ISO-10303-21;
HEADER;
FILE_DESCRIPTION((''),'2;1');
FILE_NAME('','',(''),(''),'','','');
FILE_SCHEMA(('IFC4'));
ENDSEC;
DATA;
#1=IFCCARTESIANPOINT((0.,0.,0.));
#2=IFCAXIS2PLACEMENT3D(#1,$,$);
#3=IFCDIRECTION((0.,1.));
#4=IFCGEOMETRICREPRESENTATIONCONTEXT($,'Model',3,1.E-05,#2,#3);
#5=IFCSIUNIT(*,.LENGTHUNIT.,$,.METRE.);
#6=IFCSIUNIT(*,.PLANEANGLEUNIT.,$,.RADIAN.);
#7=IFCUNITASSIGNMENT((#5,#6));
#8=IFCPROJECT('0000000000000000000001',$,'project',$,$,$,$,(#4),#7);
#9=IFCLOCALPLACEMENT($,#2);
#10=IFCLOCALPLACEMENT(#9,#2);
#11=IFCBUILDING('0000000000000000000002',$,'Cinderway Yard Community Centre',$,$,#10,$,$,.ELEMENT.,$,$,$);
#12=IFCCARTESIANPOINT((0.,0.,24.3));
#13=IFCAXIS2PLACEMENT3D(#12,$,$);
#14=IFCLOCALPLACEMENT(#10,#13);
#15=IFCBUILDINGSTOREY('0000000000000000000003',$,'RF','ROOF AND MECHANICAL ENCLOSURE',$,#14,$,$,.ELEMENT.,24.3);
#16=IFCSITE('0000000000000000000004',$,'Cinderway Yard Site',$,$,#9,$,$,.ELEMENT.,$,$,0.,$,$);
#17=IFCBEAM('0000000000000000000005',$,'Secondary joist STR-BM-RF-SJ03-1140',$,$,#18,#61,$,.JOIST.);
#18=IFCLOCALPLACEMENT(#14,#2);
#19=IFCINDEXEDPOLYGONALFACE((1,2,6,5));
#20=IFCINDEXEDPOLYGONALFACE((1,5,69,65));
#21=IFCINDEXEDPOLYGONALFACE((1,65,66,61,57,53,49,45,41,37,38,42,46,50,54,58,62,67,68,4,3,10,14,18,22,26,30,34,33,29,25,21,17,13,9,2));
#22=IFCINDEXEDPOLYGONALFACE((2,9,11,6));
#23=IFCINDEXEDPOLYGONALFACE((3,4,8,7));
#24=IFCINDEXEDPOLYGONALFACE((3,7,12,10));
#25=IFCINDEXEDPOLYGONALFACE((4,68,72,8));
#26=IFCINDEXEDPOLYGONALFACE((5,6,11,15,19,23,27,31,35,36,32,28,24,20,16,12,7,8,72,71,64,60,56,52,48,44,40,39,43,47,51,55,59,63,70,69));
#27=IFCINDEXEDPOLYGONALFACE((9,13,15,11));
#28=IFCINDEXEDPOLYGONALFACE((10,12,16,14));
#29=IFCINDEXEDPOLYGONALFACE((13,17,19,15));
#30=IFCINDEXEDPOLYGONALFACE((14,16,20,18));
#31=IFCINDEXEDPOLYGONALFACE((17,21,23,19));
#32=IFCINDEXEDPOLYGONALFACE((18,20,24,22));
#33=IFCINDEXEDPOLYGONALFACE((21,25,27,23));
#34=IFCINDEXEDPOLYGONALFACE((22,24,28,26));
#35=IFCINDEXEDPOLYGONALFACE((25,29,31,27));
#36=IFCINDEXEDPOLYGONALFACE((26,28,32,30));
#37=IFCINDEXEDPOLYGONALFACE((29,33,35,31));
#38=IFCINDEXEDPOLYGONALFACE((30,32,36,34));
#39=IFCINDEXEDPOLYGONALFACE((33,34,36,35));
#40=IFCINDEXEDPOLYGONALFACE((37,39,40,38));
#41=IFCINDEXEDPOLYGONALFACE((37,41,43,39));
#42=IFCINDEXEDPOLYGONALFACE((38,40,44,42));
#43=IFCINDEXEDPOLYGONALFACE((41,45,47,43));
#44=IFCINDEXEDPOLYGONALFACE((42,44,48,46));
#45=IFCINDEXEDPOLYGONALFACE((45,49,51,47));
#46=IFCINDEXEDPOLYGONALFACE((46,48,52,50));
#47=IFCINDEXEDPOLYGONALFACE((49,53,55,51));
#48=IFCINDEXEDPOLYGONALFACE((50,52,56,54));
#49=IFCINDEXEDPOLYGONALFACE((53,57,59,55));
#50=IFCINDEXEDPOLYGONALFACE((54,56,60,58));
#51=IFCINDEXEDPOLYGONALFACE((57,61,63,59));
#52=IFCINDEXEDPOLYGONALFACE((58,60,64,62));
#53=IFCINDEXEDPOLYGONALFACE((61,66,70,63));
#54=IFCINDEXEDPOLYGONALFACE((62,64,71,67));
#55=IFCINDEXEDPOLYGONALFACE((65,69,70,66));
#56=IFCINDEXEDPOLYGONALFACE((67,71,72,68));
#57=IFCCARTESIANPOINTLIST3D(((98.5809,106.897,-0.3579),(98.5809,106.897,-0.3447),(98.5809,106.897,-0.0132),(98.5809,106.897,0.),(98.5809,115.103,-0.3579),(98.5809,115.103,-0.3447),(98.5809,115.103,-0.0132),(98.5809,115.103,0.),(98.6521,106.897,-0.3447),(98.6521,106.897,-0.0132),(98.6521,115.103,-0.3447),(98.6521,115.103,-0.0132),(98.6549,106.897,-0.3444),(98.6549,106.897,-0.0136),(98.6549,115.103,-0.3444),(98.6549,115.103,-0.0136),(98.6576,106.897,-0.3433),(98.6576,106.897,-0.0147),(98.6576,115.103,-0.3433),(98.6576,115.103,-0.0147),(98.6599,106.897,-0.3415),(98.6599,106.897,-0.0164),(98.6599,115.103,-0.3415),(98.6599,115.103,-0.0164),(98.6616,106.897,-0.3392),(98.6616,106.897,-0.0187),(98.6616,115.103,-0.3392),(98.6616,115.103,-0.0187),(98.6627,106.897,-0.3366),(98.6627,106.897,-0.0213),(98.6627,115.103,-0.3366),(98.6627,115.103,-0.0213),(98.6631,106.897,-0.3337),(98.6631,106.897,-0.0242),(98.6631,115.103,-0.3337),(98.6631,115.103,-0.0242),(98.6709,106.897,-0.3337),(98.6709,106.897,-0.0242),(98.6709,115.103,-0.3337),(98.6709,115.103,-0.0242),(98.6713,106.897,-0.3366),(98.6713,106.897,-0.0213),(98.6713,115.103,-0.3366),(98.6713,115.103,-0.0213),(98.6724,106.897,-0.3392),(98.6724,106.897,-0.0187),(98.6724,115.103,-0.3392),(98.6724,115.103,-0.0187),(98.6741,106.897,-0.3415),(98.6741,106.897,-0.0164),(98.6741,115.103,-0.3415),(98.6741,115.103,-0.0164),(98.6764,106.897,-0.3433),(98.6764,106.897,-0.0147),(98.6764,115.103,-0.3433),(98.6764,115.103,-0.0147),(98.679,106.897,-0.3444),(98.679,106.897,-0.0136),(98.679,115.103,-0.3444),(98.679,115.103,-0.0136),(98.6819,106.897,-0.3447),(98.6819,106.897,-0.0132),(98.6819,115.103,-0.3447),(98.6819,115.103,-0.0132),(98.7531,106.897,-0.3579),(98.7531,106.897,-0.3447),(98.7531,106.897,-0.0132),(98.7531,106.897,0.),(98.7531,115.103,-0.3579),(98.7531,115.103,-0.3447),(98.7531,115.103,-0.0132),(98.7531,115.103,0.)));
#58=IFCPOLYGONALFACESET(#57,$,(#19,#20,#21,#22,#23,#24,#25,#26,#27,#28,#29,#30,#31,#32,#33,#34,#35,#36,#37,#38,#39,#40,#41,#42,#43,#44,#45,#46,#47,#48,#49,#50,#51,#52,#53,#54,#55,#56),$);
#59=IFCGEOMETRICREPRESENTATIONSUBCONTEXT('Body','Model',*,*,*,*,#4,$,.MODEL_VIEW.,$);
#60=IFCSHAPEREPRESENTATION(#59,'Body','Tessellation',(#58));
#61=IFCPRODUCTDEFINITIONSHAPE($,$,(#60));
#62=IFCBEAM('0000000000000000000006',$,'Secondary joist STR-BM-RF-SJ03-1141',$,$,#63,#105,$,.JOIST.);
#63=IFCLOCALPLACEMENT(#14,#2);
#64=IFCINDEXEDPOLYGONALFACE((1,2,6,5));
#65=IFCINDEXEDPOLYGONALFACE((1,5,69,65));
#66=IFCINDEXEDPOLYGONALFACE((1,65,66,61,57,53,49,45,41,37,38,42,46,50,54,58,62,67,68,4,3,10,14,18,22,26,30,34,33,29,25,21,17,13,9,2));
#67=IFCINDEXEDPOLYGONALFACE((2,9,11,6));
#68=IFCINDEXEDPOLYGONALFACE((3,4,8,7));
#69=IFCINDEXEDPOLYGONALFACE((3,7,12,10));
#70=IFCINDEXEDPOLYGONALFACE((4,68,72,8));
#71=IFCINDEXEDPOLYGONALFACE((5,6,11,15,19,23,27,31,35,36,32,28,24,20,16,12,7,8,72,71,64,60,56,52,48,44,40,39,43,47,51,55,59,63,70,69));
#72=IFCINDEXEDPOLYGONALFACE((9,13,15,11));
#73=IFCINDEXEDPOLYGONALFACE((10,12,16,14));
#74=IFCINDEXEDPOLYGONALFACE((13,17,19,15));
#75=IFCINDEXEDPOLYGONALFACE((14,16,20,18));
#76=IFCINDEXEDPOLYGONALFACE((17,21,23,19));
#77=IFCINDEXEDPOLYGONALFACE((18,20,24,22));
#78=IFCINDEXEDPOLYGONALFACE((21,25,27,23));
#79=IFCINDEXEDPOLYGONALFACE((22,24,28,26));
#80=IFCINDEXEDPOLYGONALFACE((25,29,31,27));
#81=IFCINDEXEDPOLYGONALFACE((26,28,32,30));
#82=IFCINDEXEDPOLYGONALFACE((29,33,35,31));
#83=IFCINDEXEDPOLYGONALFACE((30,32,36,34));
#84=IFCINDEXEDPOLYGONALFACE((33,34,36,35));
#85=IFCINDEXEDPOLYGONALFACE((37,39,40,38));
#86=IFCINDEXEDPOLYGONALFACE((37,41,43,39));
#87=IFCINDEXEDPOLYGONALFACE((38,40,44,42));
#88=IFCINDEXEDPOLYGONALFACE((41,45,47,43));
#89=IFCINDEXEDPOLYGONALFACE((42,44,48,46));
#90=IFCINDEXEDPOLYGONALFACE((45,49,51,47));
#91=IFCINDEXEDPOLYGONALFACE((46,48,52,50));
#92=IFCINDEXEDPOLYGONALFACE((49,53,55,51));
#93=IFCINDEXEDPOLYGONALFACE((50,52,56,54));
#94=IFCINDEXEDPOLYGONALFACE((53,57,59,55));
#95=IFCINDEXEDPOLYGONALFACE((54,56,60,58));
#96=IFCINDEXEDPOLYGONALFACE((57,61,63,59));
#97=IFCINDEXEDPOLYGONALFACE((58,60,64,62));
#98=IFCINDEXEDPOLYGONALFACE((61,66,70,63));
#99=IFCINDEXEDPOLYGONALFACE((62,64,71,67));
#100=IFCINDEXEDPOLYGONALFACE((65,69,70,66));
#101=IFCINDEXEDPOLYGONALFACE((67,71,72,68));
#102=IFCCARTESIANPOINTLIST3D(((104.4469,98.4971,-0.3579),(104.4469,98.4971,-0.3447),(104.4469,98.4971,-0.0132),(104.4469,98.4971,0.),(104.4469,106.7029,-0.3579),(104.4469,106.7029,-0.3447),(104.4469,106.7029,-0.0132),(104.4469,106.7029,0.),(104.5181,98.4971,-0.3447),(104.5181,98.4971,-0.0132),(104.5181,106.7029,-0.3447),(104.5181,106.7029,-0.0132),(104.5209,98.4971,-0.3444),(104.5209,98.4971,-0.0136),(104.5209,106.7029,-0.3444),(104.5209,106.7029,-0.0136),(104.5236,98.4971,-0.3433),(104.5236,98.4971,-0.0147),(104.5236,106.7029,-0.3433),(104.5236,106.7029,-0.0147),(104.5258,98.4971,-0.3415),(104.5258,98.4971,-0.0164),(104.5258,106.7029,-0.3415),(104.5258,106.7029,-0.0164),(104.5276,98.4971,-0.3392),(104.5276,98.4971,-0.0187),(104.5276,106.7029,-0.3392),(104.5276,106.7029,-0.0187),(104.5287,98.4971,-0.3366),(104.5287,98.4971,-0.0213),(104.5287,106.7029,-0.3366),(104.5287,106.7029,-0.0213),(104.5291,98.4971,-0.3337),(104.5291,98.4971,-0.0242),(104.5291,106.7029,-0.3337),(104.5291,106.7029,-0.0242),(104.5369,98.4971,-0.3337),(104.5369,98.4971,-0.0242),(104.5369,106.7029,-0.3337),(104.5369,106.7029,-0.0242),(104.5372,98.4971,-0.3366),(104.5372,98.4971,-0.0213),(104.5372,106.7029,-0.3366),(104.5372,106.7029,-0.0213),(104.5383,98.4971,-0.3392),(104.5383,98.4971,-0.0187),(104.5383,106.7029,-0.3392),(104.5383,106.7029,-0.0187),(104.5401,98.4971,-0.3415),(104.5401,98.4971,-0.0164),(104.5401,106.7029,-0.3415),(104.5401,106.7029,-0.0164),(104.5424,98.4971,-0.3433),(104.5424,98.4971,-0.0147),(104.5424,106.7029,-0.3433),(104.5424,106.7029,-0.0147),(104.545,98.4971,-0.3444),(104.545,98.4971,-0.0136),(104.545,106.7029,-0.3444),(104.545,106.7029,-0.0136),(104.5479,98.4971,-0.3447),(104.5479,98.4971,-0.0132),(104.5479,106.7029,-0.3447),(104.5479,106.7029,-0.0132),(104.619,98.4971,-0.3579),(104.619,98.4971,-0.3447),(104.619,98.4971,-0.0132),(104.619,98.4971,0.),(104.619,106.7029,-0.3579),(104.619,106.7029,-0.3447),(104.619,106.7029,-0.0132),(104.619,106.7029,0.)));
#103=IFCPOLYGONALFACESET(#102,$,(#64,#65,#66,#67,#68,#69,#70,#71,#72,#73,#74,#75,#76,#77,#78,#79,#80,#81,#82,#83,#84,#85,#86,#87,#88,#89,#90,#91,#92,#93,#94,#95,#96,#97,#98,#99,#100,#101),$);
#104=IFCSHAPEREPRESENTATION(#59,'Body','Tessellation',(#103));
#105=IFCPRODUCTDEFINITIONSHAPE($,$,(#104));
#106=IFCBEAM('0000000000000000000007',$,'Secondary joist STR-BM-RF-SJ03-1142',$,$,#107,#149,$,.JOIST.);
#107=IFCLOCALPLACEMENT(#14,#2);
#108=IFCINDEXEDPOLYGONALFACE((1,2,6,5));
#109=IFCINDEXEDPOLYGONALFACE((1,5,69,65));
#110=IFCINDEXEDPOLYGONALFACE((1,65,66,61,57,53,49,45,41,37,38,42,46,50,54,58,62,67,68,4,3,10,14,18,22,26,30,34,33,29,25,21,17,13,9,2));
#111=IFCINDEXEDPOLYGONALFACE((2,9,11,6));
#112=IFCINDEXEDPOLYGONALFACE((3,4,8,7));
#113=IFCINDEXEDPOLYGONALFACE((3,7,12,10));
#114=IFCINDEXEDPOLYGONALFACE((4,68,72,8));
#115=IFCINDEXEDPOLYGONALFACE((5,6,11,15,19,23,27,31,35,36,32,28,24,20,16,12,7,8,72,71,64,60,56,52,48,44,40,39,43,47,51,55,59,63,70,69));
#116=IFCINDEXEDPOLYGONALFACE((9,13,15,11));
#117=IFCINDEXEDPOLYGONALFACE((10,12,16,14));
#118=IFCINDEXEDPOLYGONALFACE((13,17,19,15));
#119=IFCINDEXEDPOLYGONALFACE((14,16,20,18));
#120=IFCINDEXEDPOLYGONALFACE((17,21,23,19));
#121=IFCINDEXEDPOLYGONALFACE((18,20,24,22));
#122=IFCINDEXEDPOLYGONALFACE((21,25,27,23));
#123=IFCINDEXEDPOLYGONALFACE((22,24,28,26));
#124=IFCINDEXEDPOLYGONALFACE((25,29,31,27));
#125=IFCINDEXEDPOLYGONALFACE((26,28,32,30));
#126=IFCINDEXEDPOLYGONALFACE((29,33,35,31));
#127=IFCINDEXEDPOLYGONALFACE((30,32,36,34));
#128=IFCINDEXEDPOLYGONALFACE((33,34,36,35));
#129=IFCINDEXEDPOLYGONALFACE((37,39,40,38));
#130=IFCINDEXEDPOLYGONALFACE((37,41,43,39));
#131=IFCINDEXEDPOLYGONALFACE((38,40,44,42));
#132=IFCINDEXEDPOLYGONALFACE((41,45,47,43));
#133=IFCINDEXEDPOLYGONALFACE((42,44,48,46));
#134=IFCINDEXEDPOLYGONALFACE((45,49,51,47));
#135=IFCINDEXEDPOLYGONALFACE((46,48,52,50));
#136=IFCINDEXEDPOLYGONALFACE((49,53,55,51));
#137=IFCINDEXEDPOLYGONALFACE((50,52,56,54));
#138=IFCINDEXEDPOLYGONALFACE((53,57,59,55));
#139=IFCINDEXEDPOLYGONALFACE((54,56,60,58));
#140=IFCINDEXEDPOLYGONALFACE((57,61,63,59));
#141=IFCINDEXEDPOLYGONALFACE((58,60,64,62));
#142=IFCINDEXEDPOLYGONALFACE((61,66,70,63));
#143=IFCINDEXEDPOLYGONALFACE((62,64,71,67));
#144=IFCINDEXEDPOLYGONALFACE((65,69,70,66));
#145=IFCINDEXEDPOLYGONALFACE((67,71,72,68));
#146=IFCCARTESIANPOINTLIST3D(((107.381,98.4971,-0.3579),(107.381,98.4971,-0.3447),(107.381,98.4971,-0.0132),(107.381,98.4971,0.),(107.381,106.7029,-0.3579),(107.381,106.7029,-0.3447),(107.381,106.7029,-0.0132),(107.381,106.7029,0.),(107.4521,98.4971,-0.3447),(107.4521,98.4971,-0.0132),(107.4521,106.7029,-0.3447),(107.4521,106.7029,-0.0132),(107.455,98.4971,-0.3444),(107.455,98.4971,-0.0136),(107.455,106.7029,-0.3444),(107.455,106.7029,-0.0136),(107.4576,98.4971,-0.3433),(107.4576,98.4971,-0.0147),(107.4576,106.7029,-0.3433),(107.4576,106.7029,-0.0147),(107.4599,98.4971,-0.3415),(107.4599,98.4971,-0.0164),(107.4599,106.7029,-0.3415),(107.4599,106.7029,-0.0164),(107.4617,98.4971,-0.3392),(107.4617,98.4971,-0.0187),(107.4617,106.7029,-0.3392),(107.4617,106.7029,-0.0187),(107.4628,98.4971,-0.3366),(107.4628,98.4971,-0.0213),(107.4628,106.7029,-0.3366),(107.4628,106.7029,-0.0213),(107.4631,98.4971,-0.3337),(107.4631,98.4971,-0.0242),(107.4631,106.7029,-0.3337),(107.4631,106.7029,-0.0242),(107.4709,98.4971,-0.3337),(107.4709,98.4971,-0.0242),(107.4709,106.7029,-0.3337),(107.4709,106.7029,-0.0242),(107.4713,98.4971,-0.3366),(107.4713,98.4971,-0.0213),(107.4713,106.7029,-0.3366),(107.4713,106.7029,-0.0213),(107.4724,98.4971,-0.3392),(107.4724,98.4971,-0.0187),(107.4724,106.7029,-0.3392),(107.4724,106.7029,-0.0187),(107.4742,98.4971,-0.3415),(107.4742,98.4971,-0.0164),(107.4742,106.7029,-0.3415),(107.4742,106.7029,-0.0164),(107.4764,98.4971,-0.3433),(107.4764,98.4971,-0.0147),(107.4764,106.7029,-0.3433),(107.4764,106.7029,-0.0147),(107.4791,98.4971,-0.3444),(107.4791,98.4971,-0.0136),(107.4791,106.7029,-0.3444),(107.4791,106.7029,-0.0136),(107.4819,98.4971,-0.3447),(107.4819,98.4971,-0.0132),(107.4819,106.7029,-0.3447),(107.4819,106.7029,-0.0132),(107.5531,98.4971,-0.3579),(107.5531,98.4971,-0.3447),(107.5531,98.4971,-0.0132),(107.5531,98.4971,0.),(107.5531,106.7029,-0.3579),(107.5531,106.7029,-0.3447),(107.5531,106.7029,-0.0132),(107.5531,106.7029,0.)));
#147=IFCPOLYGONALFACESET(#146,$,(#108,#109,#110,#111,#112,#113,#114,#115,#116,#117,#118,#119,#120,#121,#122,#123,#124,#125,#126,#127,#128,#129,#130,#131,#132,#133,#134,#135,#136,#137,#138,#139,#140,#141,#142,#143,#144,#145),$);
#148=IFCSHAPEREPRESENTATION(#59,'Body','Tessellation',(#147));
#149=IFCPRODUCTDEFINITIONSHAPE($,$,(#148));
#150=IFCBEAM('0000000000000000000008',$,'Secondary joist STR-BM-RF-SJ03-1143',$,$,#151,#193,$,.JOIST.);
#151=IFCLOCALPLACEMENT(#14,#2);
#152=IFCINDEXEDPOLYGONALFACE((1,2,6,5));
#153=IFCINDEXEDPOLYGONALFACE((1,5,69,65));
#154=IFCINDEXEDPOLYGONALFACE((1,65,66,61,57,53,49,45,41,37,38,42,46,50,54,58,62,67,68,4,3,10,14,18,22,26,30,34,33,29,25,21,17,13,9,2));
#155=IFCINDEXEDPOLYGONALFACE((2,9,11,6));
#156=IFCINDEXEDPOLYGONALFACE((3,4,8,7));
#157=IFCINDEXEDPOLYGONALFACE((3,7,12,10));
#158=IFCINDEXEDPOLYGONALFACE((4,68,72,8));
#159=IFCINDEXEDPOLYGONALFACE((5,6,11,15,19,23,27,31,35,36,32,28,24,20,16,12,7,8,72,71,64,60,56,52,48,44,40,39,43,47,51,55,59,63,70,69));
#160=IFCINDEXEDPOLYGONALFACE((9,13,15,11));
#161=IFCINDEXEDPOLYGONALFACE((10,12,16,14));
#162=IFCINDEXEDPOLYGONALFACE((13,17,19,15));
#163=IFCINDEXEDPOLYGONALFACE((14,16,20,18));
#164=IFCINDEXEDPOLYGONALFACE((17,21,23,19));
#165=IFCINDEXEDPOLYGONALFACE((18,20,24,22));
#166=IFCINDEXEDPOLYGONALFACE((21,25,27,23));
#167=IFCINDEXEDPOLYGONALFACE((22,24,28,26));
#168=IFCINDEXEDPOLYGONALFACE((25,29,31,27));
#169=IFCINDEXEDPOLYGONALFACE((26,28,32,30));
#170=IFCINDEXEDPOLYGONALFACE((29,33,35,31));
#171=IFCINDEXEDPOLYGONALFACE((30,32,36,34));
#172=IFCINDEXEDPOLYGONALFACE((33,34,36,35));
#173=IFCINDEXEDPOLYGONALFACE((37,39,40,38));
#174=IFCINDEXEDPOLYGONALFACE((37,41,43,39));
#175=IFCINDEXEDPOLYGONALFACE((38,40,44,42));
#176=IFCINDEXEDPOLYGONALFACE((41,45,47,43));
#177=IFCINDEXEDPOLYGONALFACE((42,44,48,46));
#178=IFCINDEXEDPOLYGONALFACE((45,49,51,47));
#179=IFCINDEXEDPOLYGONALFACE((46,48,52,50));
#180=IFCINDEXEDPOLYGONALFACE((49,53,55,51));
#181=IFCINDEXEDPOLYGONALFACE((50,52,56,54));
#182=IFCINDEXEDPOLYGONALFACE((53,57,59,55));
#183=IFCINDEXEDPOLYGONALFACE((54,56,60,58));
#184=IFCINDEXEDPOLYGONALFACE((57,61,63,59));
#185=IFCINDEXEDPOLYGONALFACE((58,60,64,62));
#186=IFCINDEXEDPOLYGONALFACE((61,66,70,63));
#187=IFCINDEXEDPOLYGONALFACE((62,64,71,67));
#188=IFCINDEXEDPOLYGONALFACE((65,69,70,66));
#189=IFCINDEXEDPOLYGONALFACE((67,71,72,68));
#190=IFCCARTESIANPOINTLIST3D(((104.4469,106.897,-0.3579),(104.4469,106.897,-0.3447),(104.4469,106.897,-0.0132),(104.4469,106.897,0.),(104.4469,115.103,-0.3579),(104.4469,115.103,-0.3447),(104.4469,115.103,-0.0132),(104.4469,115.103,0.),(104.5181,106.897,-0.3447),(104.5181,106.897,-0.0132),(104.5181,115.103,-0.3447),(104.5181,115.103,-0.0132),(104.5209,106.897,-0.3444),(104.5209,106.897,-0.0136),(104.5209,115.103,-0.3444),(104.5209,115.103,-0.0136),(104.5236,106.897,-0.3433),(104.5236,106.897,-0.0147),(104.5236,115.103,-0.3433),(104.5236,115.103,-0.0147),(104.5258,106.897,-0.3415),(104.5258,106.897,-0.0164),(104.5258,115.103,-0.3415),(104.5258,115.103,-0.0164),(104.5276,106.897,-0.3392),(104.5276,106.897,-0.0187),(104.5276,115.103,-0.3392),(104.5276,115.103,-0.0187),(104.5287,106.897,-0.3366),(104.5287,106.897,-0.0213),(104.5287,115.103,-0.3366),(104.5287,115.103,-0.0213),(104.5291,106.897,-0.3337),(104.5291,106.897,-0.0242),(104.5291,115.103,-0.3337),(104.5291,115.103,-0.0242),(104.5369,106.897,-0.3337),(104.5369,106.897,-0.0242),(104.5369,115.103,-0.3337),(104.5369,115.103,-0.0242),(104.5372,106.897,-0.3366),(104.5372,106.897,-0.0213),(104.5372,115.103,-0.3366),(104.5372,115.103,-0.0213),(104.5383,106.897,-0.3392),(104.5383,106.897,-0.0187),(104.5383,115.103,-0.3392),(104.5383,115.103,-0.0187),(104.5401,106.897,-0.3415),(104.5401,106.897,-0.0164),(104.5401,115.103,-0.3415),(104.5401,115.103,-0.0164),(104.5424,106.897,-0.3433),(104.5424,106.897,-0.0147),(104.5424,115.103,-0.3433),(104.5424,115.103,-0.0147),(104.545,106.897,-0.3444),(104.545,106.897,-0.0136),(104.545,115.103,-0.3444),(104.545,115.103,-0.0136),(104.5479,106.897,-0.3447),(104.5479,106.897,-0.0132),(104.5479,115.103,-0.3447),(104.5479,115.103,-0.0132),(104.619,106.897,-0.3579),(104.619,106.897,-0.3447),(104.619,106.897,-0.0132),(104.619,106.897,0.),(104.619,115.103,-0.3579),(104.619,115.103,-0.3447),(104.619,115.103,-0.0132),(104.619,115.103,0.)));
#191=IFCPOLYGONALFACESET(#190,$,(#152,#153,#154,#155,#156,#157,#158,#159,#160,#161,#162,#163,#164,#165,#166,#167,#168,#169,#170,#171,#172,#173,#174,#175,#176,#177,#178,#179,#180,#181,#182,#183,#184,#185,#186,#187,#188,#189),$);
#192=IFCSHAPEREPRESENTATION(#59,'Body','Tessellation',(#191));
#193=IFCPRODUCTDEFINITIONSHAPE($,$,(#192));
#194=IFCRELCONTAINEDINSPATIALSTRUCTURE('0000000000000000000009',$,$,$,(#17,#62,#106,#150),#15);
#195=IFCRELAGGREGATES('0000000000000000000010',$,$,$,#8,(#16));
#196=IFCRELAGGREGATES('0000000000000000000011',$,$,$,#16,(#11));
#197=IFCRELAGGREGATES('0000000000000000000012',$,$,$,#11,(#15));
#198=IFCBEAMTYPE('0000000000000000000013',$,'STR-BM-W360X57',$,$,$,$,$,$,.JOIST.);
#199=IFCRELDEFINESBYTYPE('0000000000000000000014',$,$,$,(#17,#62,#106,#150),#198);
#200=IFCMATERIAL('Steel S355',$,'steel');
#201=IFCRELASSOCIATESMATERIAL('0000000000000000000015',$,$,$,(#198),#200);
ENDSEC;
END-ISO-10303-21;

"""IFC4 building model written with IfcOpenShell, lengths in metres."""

from ifc_helpers import new_model, si_unit, direction, frame, origin, origin_2d, place, context, subcontext, project, spatial, i_section, extrude, material, material_profile, profile_set, type_object, element, save


model = new_model("IFC4")

# Units and contexts
model_context = context("Model", 3, precision=1e-05, world=origin(), true_north=direction((0.0, 1.0)))
body_context = subcontext(model_context, "Body", "Model", "MODEL_VIEW")
ifc_project = project(units=[si_unit("LENGTHUNIT", "METRE"), si_unit("PLANEANGLEUNIT", "RADIAN")], contexts=[model_context])

# Site, building, storey
site_placement = place(None, origin())
site = spatial("IfcSite", under=ifc_project, at=site_placement, Name="Cinderway Yard Site", CompositionType="ELEMENT", RefElevation=0.0)
building_placement = place(site_placement, origin())
building = spatial("IfcBuilding", under=site, at=building_placement, Name="Cinderway Yard Community Centre", CompositionType="ELEMENT")
storey_placement = place(building_placement, frame((0.0, 0.0, 24.3)))
storey = spatial("IfcBuildingStorey", under=building, at=storey_placement, Name="RF", Description="ROOF AND MECHANICAL ENCLOSURE", CompositionType="ELEMENT", Elevation=24.3)

# Shared definitions
ifc_material = material(Name="Steel S355", Category="steel")

# Beams
ifc_material_profile_1 = material_profile(ifc_material, i_section(OverallWidth=0.1721, OverallDepth=0.3579, WebThickness=0.0078, FlangeThickness=0.0132, FilletRadius=0.011, at=origin_2d()), Name="Steel S355")
ifc_profile_set_1 = profile_set([ifc_material_profile_1], Name="Steel S355")
beam_type_1 = type_object("IfcBeamType", Name="STR-BM-W360X57", PredefinedType="JOIST", material=ifc_profile_set_1)
for number, where, z_axis, x_axis, name in (
    (1, (98.667, 106.897, -0.179), (0.0, 1.0, 0.0), (-1.0, 0.0, 0.0), "Secondary joist STR-BM-RF-SJ03-1140"),
):
    element("IfcBeam", number, at=place(storey_placement, frame(where, z_axis=z_axis, x_axis=x_axis)), inside=storey, type_object=beam_type_1, Name=name, PredefinedType="JOIST", context=body_context, shape_type="SweptSolid", body=[
        extrude(i_section(OverallWidth=0.1721, OverallDepth=0.3579, WebThickness=0.0078, FlangeThickness=0.0132, FilletRadius=0.011, at=origin_2d()), origin(), (0.0, 0.0, 1.0), 8.2061),
    ])
for number, where, z_axis, x_axis, name in (
    (2, (104.533, 98.4971, -0.179), (0.0, 1.0, 0.0), (-1.0, 0.0, 0.0), "Secondary joist STR-BM-RF-SJ03-1141"),
    (3, (107.467, 98.4971, -0.179), (0.0, 1.0, 0.0), (-1.0, 0.0, 0.0), "Secondary joist STR-BM-RF-SJ03-1142"),
):
    element("IfcBeam", number, at=place(storey_placement, frame(where, z_axis=z_axis, x_axis=x_axis)), inside=storey, type_object=beam_type_1, Name=name, PredefinedType="JOIST", context=body_context, shape_type="SweptSolid", body=[
        extrude(i_section(OverallWidth=0.1721, OverallDepth=0.3579, WebThickness=0.0078, FlangeThickness=0.0132, FilletRadius=0.011, at=origin_2d()), origin(), (0.0, 0.0, 1.0), 8.2058),
    ])
for number, where, z_axis, x_axis, name in (
    (4, (104.533, 106.897, -0.179), (0.0, 1.0, 0.0), (-1.0, 0.0, 0.0), "Secondary joist STR-BM-RF-SJ03-1143"),
):
    element("IfcBeam", number, at=place(storey_placement, frame(where, z_axis=z_axis, x_axis=x_axis)), inside=storey, type_object=beam_type_1, Name=name, PredefinedType="JOIST", context=body_context, shape_type="SweptSolid", body=[
        extrude(i_section(OverallWidth=0.1721, OverallDepth=0.3579, WebThickness=0.0078, FlangeThickness=0.0132, FilletRadius=0.011, at=origin_2d()), origin(), (0.0, 0.0, 1.0), 8.2061),
    ])

save(model, "model.ifc")
